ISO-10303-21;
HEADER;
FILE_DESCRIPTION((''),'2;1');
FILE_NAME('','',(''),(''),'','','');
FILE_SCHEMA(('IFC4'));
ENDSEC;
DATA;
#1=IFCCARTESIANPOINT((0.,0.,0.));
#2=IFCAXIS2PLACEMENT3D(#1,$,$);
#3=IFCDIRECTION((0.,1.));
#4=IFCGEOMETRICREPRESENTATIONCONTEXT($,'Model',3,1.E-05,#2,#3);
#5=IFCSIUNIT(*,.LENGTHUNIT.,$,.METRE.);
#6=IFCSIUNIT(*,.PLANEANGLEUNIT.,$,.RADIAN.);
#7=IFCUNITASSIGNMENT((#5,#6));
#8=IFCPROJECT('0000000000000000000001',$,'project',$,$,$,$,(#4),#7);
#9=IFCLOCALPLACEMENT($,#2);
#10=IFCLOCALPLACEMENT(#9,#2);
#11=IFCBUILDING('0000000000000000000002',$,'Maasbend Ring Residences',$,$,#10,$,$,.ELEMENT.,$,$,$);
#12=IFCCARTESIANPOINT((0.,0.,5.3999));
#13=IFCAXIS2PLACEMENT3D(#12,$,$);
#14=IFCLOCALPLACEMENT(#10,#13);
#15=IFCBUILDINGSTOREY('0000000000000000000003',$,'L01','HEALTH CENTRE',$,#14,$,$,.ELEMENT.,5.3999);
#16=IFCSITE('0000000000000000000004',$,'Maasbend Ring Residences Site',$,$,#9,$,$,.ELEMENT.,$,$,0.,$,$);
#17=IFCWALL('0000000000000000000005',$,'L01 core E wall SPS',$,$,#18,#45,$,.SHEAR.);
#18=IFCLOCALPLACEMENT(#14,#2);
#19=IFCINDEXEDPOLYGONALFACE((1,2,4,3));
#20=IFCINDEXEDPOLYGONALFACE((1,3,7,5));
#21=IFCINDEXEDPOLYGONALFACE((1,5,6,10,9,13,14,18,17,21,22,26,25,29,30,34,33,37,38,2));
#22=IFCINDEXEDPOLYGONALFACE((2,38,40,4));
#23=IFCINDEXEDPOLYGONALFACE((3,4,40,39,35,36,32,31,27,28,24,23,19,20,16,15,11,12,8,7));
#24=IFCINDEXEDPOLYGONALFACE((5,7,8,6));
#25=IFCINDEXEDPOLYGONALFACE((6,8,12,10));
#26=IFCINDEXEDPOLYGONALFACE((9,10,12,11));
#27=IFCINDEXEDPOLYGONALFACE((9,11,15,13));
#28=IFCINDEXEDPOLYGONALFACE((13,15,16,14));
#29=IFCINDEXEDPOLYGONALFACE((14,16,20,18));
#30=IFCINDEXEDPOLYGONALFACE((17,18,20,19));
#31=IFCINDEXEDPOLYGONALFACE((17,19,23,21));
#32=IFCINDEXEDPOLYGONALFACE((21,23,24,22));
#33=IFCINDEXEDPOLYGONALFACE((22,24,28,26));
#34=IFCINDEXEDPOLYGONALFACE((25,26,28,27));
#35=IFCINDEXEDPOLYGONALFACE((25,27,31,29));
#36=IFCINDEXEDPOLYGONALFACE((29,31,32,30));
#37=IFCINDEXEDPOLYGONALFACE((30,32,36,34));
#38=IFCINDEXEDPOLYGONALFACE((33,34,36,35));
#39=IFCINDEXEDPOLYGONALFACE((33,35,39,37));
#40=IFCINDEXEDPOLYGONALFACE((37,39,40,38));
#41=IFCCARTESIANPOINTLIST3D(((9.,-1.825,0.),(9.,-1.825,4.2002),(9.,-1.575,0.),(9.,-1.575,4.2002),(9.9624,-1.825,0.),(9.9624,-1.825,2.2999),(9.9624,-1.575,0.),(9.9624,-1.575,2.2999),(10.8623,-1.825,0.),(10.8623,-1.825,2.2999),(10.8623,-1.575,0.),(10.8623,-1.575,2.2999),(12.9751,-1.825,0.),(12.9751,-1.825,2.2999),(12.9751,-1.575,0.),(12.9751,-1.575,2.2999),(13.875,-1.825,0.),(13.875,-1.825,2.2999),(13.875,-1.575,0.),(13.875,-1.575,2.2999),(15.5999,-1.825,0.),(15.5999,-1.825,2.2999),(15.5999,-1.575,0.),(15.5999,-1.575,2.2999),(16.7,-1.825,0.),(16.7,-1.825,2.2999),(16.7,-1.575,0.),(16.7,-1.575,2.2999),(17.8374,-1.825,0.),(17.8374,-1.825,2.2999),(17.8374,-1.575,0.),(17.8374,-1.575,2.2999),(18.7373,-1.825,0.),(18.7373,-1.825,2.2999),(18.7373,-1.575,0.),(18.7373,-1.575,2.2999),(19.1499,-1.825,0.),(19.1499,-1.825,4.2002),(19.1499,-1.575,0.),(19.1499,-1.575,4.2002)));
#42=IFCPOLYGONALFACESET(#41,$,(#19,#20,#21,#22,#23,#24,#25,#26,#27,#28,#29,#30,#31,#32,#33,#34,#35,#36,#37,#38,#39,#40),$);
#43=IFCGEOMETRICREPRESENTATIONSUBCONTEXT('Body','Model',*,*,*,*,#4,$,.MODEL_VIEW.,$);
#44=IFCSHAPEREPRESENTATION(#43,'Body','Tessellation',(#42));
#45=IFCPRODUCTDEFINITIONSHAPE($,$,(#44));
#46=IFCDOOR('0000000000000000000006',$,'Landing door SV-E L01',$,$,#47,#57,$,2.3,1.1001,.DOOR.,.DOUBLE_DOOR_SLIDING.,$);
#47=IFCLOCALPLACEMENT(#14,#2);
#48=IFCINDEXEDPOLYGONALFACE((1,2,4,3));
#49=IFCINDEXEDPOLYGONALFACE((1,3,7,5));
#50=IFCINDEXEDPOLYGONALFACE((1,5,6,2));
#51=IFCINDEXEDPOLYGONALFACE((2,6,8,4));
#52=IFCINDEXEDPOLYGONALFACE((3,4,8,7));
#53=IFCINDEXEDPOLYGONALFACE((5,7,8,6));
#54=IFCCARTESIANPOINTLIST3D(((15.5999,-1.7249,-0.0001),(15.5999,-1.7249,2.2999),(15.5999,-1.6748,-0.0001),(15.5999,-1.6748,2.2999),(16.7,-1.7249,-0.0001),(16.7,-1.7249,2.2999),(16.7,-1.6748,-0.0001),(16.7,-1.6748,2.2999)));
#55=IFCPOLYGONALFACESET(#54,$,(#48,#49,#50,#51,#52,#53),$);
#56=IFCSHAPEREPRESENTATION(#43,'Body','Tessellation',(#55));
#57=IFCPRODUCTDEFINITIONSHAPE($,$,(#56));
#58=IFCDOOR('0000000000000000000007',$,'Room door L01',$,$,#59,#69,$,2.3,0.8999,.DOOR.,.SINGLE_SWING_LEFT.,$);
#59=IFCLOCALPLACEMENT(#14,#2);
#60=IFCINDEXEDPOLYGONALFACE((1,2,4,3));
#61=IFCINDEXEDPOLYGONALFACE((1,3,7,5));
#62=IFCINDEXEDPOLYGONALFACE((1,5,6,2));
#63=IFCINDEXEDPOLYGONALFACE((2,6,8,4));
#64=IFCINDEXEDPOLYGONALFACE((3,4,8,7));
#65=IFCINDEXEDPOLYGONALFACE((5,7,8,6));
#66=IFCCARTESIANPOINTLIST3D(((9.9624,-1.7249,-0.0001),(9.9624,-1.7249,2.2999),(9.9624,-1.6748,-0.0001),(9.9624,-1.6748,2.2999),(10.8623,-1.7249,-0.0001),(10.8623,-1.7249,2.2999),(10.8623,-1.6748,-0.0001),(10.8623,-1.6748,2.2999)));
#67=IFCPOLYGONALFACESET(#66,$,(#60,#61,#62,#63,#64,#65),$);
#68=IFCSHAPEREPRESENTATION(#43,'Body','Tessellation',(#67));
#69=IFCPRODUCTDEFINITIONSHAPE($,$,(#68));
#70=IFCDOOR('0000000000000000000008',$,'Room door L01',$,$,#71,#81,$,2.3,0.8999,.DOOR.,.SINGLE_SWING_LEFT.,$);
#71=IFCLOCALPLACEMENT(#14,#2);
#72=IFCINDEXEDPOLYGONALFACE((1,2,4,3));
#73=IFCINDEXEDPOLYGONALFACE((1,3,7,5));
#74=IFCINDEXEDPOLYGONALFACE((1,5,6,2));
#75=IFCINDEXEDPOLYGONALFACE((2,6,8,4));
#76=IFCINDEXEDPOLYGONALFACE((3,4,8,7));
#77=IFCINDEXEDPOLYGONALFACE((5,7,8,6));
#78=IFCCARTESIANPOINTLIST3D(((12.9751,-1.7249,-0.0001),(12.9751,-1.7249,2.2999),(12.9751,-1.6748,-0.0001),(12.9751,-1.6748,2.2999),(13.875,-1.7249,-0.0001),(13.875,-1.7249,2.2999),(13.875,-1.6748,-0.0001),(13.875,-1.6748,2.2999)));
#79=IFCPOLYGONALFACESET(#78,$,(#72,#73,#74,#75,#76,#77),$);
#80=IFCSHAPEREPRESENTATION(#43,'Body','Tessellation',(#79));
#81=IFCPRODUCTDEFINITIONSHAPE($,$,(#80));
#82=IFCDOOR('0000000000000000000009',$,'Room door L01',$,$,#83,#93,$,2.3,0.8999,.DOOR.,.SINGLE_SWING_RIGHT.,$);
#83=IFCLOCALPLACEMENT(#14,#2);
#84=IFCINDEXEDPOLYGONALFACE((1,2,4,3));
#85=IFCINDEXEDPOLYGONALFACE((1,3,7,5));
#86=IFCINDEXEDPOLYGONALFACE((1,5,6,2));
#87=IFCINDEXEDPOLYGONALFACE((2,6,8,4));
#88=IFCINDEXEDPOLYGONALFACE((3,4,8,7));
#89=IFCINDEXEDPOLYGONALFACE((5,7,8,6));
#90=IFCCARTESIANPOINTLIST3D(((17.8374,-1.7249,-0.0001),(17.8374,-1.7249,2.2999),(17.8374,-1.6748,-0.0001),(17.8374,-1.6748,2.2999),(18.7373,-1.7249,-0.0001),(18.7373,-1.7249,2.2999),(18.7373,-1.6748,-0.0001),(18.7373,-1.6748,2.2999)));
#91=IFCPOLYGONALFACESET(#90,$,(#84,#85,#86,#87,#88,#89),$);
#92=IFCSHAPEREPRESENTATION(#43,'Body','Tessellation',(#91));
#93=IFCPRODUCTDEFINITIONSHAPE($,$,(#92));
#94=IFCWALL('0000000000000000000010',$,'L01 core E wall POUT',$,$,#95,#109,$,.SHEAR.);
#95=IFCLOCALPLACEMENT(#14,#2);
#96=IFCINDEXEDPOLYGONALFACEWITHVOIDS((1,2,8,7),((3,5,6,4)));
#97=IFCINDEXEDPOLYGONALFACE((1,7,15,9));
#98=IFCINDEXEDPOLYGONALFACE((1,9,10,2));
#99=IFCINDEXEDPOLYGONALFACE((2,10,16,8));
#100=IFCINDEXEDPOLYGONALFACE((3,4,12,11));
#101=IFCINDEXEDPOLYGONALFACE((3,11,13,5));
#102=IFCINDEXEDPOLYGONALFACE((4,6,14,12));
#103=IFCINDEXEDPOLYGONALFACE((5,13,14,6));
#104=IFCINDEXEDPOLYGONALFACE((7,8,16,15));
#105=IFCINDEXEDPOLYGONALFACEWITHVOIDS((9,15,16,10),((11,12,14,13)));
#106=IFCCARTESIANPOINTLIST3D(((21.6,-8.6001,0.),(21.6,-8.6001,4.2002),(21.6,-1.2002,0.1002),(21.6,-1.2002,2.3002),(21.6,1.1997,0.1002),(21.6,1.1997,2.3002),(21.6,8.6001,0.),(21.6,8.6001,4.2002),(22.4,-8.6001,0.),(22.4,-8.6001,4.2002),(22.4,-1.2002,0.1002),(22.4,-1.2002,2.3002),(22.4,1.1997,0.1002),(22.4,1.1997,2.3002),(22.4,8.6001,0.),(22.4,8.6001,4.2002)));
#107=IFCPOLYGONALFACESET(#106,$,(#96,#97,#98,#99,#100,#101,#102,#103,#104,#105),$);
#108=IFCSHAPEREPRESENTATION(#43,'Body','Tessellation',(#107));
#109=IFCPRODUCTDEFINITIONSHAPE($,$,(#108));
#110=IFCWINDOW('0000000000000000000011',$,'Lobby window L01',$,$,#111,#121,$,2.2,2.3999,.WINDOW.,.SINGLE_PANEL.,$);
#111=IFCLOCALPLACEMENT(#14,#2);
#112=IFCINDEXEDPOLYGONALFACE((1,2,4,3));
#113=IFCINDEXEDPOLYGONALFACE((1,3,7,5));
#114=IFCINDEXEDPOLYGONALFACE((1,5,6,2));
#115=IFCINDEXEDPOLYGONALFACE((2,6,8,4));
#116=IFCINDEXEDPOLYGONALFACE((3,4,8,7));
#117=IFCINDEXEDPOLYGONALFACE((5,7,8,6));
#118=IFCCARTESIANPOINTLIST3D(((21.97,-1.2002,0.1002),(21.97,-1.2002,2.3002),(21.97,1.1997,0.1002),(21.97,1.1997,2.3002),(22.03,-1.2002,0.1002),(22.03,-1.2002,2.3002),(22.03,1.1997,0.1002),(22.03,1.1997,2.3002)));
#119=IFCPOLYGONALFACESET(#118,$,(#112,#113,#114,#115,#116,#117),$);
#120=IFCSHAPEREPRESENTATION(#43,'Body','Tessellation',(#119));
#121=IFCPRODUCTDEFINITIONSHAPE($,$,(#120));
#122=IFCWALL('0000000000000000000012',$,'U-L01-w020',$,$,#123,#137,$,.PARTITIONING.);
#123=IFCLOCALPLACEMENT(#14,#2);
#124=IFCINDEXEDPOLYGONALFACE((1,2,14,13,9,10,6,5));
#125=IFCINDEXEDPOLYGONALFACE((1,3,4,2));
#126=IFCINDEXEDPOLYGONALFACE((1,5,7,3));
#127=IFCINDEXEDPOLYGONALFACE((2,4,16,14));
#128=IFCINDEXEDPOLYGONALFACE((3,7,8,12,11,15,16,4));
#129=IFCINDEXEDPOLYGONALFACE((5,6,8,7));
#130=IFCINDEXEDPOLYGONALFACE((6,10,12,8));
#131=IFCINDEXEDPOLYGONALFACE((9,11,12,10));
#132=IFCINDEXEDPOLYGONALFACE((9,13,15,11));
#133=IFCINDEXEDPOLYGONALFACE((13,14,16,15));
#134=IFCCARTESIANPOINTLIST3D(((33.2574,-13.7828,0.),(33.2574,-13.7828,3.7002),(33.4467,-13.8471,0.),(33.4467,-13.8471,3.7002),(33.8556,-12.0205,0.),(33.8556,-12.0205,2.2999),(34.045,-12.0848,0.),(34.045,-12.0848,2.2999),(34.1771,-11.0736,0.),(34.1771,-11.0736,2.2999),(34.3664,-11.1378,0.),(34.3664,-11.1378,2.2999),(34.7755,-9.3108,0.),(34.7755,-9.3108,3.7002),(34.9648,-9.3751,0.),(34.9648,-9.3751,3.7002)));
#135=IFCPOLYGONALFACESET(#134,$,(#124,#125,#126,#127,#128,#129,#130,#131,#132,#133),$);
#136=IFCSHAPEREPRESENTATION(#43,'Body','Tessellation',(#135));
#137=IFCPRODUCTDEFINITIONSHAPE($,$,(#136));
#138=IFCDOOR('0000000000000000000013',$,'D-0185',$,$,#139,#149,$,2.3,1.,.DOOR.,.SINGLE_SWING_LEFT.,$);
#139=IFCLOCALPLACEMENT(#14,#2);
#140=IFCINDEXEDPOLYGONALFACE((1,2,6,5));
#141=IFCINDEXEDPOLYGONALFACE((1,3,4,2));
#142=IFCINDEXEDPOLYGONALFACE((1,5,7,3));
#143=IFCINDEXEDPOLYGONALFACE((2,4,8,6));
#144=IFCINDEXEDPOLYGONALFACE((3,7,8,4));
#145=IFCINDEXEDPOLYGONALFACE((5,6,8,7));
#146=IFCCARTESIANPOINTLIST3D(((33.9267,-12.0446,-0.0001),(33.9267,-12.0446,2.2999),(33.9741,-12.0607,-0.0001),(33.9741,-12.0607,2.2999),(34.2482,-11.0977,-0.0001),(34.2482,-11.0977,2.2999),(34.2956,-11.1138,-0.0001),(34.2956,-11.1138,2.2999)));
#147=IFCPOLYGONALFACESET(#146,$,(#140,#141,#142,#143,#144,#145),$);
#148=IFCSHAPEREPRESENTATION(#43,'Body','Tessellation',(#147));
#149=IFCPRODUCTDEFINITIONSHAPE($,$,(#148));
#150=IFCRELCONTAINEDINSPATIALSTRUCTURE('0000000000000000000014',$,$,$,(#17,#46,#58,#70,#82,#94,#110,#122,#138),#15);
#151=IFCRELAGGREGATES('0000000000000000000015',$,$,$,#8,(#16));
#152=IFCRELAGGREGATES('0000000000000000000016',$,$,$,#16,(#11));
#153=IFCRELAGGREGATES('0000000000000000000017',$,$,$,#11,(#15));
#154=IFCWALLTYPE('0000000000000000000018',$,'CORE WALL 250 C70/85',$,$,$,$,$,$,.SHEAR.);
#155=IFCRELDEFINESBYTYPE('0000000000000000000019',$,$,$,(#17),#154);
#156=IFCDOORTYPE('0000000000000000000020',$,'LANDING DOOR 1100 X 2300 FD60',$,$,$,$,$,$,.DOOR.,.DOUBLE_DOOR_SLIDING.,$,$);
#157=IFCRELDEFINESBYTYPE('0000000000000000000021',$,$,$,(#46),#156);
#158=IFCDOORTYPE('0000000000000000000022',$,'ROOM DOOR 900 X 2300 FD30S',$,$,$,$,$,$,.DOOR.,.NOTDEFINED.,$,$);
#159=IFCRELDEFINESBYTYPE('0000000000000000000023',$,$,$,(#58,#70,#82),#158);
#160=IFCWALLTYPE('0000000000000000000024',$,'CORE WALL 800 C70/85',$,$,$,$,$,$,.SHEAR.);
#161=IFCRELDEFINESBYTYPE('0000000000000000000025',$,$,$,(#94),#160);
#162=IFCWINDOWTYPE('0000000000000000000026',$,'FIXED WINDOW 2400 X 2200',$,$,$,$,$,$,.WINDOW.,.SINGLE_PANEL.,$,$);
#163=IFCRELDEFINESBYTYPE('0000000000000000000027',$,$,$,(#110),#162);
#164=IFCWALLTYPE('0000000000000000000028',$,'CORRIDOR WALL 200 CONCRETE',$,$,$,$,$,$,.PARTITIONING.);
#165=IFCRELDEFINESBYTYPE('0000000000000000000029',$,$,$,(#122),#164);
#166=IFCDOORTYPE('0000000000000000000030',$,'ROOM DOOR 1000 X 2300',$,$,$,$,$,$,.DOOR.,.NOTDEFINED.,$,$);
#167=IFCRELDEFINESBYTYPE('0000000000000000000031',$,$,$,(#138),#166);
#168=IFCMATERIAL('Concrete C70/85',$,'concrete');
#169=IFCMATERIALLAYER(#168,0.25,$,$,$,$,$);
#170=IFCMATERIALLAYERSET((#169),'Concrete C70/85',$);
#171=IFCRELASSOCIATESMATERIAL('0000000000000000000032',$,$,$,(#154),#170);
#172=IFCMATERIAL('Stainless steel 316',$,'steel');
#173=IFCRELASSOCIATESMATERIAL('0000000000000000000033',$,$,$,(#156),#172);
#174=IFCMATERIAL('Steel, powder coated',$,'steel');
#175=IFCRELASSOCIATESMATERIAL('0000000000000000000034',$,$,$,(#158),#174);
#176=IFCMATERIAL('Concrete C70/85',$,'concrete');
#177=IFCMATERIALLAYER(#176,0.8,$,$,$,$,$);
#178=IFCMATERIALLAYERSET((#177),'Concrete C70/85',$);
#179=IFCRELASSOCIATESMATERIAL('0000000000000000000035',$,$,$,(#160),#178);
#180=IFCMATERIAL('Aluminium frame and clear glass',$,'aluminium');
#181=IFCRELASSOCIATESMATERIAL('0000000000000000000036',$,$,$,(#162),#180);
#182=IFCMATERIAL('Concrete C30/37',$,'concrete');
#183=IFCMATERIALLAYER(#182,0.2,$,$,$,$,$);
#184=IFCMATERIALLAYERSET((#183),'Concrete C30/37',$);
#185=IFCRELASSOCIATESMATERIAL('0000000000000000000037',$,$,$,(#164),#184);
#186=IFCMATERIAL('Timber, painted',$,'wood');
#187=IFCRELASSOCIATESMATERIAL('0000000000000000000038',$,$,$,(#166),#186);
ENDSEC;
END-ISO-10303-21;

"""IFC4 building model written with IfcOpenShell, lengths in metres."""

from ifc_helpers import new_model, si_unit, direction, frame, frame_2d, origin, place, context, subcontext, project, spatial, rectangle, extrude, material, layer, layer_set, type_object, element, fill, save


model = new_model("IFC4")

# Units and contexts
model_context = context("Model", 3, precision=1e-05, world=origin(), true_north=direction((0.0, 1.0)))
body_context = subcontext(model_context, "Body", "Model", "MODEL_VIEW")
ifc_project = project(units=[si_unit("LENGTHUNIT", "METRE"), si_unit("PLANEANGLEUNIT", "RADIAN")], contexts=[model_context])

# Site, building, storey
site_placement = place(None, origin())
site = spatial("IfcSite", under=ifc_project, at=site_placement, Name="Maasbend Ring Residences Site", CompositionType="ELEMENT", RefElevation=0.0)
building_placement = place(site_placement, origin())
building = spatial("IfcBuilding", under=site, at=building_placement, Name="Maasbend Ring Residences", CompositionType="ELEMENT")
storey_placement = place(building_placement, frame((0.0, 0.0, 5.3999)))
storey = spatial("IfcBuildingStorey", under=building, at=storey_placement, Name="L01", Description="HEALTH CENTRE", CompositionType="ELEMENT", Elevation=5.3999)

# Wall, openings, doors
ifc_material_1 = material(Name="Concrete C70/85", Category="concrete")
ifc_layer_1 = layer(ifc_material_1, 0.25)
ifc_layer_set_1 = layer_set([ifc_layer_1], Name="Concrete C70/85")
wall_type_1 = type_object("IfcWallType", Name="CORE WALL 250 C70/85", PredefinedType="SHEAR", material=ifc_layer_set_1)
wall_1_placement = place(storey_placement, frame((19.1499, -1.7, 0.0), z_axis=(0.0, 0.0, 1.0), x_axis=(-1.0, 0.0, 0.0)))
wall_1 = element("IfcWall", 1, at=wall_1_placement, inside=storey, type_object=wall_type_1, Name="L01 core E wall SPS", PredefinedType="SHEAR", context=body_context, shape_type="SweptSolid", body=[
    extrude(rectangle(XDim=10.1499, YDim=0.25, at=frame_2d((5.075, 0.0))), origin(), (0.0, 0.0, 1.0), 4.2002),
])
opening_1_placement = place(wall_1_placement, frame((2.45, 0.0, 0.0)))
opening_1 = element("IfcOpeningElement", 2, at=opening_1_placement, cuts=wall_1, PredefinedType="OPENING", context=body_context, shape_type="SweptSolid", body=[
    extrude(rectangle(XDim=1.1001, YDim=2.3, at=frame_2d((0.55, 1.1499))), frame((0.0, 0.135, 0.0), z_axis=(0.0, -1.0, 0.0), x_axis=(1.0, 0.0, 0.0)), (0.0, 0.0, 1.0), 0.27),
])
opening_2_placement = place(wall_1_placement, frame((8.2876, 0.0, 0.0)))
opening_2 = element("IfcOpeningElement", 3, at=opening_2_placement, cuts=wall_1, PredefinedType="OPENING", context=body_context, shape_type="SweptSolid", body=[
    extrude(rectangle(XDim=0.8999, YDim=2.3, at=frame_2d((0.45, 1.1499))), frame((0.0, 0.135, 0.0), z_axis=(0.0, -1.0, 0.0), x_axis=(1.0, 0.0, 0.0)), (0.0, 0.0, 1.0), 0.27),
])
opening_3_placement = place(wall_1_placement, frame((5.2749, 0.0, 0.0)))
opening_3 = element("IfcOpeningElement", 4, at=opening_3_placement, cuts=wall_1, PredefinedType="OPENING", context=body_context, shape_type="SweptSolid", body=[
    extrude(rectangle(XDim=0.8999, YDim=2.3, at=frame_2d((0.45, 1.1499))), frame((0.0, 0.135, 0.0), z_axis=(0.0, -1.0, 0.0), x_axis=(1.0, 0.0, 0.0)), (0.0, 0.0, 1.0), 0.27),
])
opening_4_placement = place(wall_1_placement, frame((0.4126, 0.0, 0.0)))
opening_4 = element("IfcOpeningElement", 5, at=opening_4_placement, cuts=wall_1, PredefinedType="OPENING", context=body_context, shape_type="SweptSolid", body=[
    extrude(rectangle(XDim=0.8999, YDim=2.3, at=frame_2d((0.45, 1.1499))), frame((0.0, 0.135, 0.0), z_axis=(0.0, -1.0, 0.0), x_axis=(1.0, 0.0, 0.0)), (0.0, 0.0, 1.0), 0.27),
])
ifc_material_2 = material(Name="Stainless steel 316", Category="steel")
door_type_1 = type_object("IfcDoorType", Name="LANDING DOOR 1100 X 2300 FD60", OperationType="DOUBLE_DOOR_SLIDING", PredefinedType="DOOR", material=ifc_material_2)
door_1_placement = place(opening_1_placement, origin())
door_1 = element("IfcDoor", 6, at=door_1_placement, inside=storey, type_object=door_type_1, Name="Landing door SV-E L01", OperationType="DOUBLE_DOOR_SLIDING", OverallHeight=2.3, OverallWidth=1.1001, PredefinedType="DOOR", context=body_context, shape_type="SweptSolid", body=[
    extrude(rectangle(XDim=1.1001, YDim=2.3, at=frame_2d((0.55, 1.1499))), frame((0.0, 0.0249, 0.0), z_axis=(0.0, -1.0, 0.0), x_axis=(1.0, 0.0, 0.0)), (0.0, 0.0, 1.0), 0.05),
])
fill(opening_1, door_1)
ifc_material_3 = material(Name="Steel, powder coated", Category="steel")
door_type_2 = type_object("IfcDoorType", Name="ROOM DOOR 900 X 2300 FD30S", OperationType="NOTDEFINED", PredefinedType="DOOR", material=ifc_material_3)
door_2_placement = place(opening_2_placement, origin())
door_2 = element("IfcDoor", 7, at=door_2_placement, inside=storey, type_object=door_type_2, Name="Room door L01", OperationType="SINGLE_SWING_LEFT", OverallHeight=2.3, OverallWidth=0.8999, PredefinedType="DOOR", context=body_context, shape_type="SweptSolid", body=[
    extrude(rectangle(XDim=0.8999, YDim=2.3, at=frame_2d((0.45, 1.1499))), frame((0.0, 0.0249, 0.0), z_axis=(0.0, -1.0, 0.0), x_axis=(1.0, 0.0, 0.0)), (0.0, 0.0, 1.0), 0.05),
])
fill(opening_2, door_2)
door_3_placement = place(opening_3_placement, origin())
door_3 = element("IfcDoor", 8, at=door_3_placement, inside=storey, type_object=door_type_2, Name="Room door L01", OperationType="SINGLE_SWING_LEFT", OverallHeight=2.3, OverallWidth=0.8999, PredefinedType="DOOR", context=body_context, shape_type="SweptSolid", body=[
    extrude(rectangle(XDim=0.8999, YDim=2.3, at=frame_2d((0.45, 1.1499))), frame((0.0, 0.0249, 0.0), z_axis=(0.0, -1.0, 0.0), x_axis=(1.0, 0.0, 0.0)), (0.0, 0.0, 1.0), 0.05),
])
fill(opening_3, door_3)
door_4_placement = place(opening_4_placement, origin())
door_4 = element("IfcDoor", 9, at=door_4_placement, inside=storey, type_object=door_type_2, Name="Room door L01", OperationType="SINGLE_SWING_RIGHT", OverallHeight=2.3, OverallWidth=0.8999, PredefinedType="DOOR", context=body_context, shape_type="SweptSolid", body=[
    extrude(rectangle(XDim=0.8999, YDim=2.3, at=frame_2d((0.45, 1.1499))), frame((0.0, 0.0249, 0.0), z_axis=(0.0, -1.0, 0.0), x_axis=(1.0, 0.0, 0.0)), (0.0, 0.0, 1.0), 0.05),
])
fill(opening_4, door_4)

# Wall, opening, window
ifc_material_4 = material(Name="Concrete C70/85", Category="concrete")
ifc_layer_2 = layer(ifc_material_4, 0.8)
ifc_layer_set_2 = layer_set([ifc_layer_2], Name="Concrete C70/85")
wall_type_2 = type_object("IfcWallType", Name="CORE WALL 800 C70/85", PredefinedType="SHEAR", material=ifc_layer_set_2)
wall_2_placement = place(storey_placement, frame((22.0, -8.6001, 0.0), z_axis=(0.0, 0.0, 1.0), x_axis=(0.0, 1.0, 0.0)))
wall_2 = element("IfcWall", 10, at=wall_2_placement, inside=storey, type_object=wall_type_2, Name="L01 core E wall POUT", PredefinedType="SHEAR", context=body_context, shape_type="SweptSolid", body=[
    extrude(rectangle(XDim=17.2002, YDim=0.8, at=frame_2d((8.6001, 0.0))), origin(), (0.0, 0.0, 1.0), 4.2002),
])
opening_5_placement = place(wall_2_placement, frame((7.3999, 0.0, 0.1001)))
opening_5 = element("IfcOpeningElement", 11, at=opening_5_placement, cuts=wall_2, PredefinedType="OPENING", context=body_context, shape_type="SweptSolid", body=[
    extrude(rectangle(XDim=2.3999, YDim=2.2, at=frame_2d((1.2, 1.1001))), frame((0.0, 0.4102, 0.0), z_axis=(0.0, -1.0, 0.0), x_axis=(1.0, 0.0, 0.0)), (0.0, 0.0, 1.0), 0.8201),
])
ifc_material_5 = material(Name="Aluminium frame and clear glass", Category="aluminium")
window_type = type_object("IfcWindowType", Name="FIXED WINDOW 2400 X 2200", PartitioningType="SINGLE_PANEL", PredefinedType="WINDOW", material=ifc_material_5)
window_placement = place(opening_5_placement, origin())
window = element("IfcWindow", 12, at=window_placement, inside=storey, type_object=window_type, Name="Lobby window L01", OverallHeight=2.2, OverallWidth=2.3999, PartitioningType="SINGLE_PANEL", PredefinedType="WINDOW", context=body_context, shape_type="SweptSolid", body=[
    extrude(rectangle(XDim=2.3999, YDim=2.2, at=frame_2d((1.2, 1.1001))), frame((0.0, 0.03, 0.0), z_axis=(0.0, -1.0, 0.0), x_axis=(1.0, 0.0, 0.0)), (0.0, 0.0, 1.0), 0.0601),
])
fill(opening_5, window)

# Wall, opening, door
ifc_material_6 = material(Name="Concrete C30/37", Category="concrete")
ifc_layer_3 = layer(ifc_material_6, 0.2)
ifc_layer_set_3 = layer_set([ifc_layer_3], Name="Concrete C30/37")
wall_type_3 = type_object("IfcWallType", Name="CORRIDOR WALL 200 CONCRETE", PredefinedType="PARTITIONING", material=ifc_layer_set_3)
wall_3_placement = place(storey_placement, frame((33.3521, -13.8149, 0.0), z_axis=(0.0, 0.0, 1.0), x_axis=(0.321449, 0.946927, 0.0)))
wall_3 = element("IfcWall", 13, at=wall_3_placement, inside=storey, type_object=wall_type_3, Name="U-L01-w020", PredefinedType="PARTITIONING", context=body_context, shape_type="SweptSolid", body=[
    extrude(rectangle(XDim=4.7227, YDim=0.2, at=frame_2d((2.3613, 0.0))), origin(), (0.0, 0.0, 1.0), 3.7002),
])
opening_6_placement = place(wall_3_placement, frame((1.8611, 0.0, 0.0)))
opening_6 = element("IfcOpeningElement", 14, at=opening_6_placement, cuts=wall_3, PredefinedType="OPENING", context=body_context, shape_type="SweptSolid", body=[
    extrude(rectangle(XDim=1.0, YDim=2.3, at=frame_2d((0.5, 1.1499))), frame((0.0, 0.1099, 0.0), z_axis=(0.0, -1.0, 0.0), x_axis=(1.0, 0.0, 0.0)), (0.0, 0.0, 1.0), 0.22),
])
ifc_material_7 = material(Name="Timber, painted", Category="wood")
door_type_3 = type_object("IfcDoorType", Name="ROOM DOOR 1000 X 2300", OperationType="NOTDEFINED", PredefinedType="DOOR", material=ifc_material_7)
door_5_placement = place(opening_6_placement, origin())
door_5 = element("IfcDoor", 15, at=door_5_placement, inside=storey, type_object=door_type_3, Name="D-0185", OperationType="SINGLE_SWING_LEFT", OverallHeight=2.3, OverallWidth=1.0, PredefinedType="DOOR", context=body_context, shape_type="SweptSolid", body=[
    extrude(rectangle(XDim=1.0, YDim=2.3, at=frame_2d((0.5, 1.1499))), frame((0.0, 0.0249, 0.0), z_axis=(0.0, -1.0, 0.0), x_axis=(1.0, 0.0, 0.0)), (0.0, 0.0, 1.0), 0.05),
])
fill(opening_6, door_5)

save(model, "model.ifc")
